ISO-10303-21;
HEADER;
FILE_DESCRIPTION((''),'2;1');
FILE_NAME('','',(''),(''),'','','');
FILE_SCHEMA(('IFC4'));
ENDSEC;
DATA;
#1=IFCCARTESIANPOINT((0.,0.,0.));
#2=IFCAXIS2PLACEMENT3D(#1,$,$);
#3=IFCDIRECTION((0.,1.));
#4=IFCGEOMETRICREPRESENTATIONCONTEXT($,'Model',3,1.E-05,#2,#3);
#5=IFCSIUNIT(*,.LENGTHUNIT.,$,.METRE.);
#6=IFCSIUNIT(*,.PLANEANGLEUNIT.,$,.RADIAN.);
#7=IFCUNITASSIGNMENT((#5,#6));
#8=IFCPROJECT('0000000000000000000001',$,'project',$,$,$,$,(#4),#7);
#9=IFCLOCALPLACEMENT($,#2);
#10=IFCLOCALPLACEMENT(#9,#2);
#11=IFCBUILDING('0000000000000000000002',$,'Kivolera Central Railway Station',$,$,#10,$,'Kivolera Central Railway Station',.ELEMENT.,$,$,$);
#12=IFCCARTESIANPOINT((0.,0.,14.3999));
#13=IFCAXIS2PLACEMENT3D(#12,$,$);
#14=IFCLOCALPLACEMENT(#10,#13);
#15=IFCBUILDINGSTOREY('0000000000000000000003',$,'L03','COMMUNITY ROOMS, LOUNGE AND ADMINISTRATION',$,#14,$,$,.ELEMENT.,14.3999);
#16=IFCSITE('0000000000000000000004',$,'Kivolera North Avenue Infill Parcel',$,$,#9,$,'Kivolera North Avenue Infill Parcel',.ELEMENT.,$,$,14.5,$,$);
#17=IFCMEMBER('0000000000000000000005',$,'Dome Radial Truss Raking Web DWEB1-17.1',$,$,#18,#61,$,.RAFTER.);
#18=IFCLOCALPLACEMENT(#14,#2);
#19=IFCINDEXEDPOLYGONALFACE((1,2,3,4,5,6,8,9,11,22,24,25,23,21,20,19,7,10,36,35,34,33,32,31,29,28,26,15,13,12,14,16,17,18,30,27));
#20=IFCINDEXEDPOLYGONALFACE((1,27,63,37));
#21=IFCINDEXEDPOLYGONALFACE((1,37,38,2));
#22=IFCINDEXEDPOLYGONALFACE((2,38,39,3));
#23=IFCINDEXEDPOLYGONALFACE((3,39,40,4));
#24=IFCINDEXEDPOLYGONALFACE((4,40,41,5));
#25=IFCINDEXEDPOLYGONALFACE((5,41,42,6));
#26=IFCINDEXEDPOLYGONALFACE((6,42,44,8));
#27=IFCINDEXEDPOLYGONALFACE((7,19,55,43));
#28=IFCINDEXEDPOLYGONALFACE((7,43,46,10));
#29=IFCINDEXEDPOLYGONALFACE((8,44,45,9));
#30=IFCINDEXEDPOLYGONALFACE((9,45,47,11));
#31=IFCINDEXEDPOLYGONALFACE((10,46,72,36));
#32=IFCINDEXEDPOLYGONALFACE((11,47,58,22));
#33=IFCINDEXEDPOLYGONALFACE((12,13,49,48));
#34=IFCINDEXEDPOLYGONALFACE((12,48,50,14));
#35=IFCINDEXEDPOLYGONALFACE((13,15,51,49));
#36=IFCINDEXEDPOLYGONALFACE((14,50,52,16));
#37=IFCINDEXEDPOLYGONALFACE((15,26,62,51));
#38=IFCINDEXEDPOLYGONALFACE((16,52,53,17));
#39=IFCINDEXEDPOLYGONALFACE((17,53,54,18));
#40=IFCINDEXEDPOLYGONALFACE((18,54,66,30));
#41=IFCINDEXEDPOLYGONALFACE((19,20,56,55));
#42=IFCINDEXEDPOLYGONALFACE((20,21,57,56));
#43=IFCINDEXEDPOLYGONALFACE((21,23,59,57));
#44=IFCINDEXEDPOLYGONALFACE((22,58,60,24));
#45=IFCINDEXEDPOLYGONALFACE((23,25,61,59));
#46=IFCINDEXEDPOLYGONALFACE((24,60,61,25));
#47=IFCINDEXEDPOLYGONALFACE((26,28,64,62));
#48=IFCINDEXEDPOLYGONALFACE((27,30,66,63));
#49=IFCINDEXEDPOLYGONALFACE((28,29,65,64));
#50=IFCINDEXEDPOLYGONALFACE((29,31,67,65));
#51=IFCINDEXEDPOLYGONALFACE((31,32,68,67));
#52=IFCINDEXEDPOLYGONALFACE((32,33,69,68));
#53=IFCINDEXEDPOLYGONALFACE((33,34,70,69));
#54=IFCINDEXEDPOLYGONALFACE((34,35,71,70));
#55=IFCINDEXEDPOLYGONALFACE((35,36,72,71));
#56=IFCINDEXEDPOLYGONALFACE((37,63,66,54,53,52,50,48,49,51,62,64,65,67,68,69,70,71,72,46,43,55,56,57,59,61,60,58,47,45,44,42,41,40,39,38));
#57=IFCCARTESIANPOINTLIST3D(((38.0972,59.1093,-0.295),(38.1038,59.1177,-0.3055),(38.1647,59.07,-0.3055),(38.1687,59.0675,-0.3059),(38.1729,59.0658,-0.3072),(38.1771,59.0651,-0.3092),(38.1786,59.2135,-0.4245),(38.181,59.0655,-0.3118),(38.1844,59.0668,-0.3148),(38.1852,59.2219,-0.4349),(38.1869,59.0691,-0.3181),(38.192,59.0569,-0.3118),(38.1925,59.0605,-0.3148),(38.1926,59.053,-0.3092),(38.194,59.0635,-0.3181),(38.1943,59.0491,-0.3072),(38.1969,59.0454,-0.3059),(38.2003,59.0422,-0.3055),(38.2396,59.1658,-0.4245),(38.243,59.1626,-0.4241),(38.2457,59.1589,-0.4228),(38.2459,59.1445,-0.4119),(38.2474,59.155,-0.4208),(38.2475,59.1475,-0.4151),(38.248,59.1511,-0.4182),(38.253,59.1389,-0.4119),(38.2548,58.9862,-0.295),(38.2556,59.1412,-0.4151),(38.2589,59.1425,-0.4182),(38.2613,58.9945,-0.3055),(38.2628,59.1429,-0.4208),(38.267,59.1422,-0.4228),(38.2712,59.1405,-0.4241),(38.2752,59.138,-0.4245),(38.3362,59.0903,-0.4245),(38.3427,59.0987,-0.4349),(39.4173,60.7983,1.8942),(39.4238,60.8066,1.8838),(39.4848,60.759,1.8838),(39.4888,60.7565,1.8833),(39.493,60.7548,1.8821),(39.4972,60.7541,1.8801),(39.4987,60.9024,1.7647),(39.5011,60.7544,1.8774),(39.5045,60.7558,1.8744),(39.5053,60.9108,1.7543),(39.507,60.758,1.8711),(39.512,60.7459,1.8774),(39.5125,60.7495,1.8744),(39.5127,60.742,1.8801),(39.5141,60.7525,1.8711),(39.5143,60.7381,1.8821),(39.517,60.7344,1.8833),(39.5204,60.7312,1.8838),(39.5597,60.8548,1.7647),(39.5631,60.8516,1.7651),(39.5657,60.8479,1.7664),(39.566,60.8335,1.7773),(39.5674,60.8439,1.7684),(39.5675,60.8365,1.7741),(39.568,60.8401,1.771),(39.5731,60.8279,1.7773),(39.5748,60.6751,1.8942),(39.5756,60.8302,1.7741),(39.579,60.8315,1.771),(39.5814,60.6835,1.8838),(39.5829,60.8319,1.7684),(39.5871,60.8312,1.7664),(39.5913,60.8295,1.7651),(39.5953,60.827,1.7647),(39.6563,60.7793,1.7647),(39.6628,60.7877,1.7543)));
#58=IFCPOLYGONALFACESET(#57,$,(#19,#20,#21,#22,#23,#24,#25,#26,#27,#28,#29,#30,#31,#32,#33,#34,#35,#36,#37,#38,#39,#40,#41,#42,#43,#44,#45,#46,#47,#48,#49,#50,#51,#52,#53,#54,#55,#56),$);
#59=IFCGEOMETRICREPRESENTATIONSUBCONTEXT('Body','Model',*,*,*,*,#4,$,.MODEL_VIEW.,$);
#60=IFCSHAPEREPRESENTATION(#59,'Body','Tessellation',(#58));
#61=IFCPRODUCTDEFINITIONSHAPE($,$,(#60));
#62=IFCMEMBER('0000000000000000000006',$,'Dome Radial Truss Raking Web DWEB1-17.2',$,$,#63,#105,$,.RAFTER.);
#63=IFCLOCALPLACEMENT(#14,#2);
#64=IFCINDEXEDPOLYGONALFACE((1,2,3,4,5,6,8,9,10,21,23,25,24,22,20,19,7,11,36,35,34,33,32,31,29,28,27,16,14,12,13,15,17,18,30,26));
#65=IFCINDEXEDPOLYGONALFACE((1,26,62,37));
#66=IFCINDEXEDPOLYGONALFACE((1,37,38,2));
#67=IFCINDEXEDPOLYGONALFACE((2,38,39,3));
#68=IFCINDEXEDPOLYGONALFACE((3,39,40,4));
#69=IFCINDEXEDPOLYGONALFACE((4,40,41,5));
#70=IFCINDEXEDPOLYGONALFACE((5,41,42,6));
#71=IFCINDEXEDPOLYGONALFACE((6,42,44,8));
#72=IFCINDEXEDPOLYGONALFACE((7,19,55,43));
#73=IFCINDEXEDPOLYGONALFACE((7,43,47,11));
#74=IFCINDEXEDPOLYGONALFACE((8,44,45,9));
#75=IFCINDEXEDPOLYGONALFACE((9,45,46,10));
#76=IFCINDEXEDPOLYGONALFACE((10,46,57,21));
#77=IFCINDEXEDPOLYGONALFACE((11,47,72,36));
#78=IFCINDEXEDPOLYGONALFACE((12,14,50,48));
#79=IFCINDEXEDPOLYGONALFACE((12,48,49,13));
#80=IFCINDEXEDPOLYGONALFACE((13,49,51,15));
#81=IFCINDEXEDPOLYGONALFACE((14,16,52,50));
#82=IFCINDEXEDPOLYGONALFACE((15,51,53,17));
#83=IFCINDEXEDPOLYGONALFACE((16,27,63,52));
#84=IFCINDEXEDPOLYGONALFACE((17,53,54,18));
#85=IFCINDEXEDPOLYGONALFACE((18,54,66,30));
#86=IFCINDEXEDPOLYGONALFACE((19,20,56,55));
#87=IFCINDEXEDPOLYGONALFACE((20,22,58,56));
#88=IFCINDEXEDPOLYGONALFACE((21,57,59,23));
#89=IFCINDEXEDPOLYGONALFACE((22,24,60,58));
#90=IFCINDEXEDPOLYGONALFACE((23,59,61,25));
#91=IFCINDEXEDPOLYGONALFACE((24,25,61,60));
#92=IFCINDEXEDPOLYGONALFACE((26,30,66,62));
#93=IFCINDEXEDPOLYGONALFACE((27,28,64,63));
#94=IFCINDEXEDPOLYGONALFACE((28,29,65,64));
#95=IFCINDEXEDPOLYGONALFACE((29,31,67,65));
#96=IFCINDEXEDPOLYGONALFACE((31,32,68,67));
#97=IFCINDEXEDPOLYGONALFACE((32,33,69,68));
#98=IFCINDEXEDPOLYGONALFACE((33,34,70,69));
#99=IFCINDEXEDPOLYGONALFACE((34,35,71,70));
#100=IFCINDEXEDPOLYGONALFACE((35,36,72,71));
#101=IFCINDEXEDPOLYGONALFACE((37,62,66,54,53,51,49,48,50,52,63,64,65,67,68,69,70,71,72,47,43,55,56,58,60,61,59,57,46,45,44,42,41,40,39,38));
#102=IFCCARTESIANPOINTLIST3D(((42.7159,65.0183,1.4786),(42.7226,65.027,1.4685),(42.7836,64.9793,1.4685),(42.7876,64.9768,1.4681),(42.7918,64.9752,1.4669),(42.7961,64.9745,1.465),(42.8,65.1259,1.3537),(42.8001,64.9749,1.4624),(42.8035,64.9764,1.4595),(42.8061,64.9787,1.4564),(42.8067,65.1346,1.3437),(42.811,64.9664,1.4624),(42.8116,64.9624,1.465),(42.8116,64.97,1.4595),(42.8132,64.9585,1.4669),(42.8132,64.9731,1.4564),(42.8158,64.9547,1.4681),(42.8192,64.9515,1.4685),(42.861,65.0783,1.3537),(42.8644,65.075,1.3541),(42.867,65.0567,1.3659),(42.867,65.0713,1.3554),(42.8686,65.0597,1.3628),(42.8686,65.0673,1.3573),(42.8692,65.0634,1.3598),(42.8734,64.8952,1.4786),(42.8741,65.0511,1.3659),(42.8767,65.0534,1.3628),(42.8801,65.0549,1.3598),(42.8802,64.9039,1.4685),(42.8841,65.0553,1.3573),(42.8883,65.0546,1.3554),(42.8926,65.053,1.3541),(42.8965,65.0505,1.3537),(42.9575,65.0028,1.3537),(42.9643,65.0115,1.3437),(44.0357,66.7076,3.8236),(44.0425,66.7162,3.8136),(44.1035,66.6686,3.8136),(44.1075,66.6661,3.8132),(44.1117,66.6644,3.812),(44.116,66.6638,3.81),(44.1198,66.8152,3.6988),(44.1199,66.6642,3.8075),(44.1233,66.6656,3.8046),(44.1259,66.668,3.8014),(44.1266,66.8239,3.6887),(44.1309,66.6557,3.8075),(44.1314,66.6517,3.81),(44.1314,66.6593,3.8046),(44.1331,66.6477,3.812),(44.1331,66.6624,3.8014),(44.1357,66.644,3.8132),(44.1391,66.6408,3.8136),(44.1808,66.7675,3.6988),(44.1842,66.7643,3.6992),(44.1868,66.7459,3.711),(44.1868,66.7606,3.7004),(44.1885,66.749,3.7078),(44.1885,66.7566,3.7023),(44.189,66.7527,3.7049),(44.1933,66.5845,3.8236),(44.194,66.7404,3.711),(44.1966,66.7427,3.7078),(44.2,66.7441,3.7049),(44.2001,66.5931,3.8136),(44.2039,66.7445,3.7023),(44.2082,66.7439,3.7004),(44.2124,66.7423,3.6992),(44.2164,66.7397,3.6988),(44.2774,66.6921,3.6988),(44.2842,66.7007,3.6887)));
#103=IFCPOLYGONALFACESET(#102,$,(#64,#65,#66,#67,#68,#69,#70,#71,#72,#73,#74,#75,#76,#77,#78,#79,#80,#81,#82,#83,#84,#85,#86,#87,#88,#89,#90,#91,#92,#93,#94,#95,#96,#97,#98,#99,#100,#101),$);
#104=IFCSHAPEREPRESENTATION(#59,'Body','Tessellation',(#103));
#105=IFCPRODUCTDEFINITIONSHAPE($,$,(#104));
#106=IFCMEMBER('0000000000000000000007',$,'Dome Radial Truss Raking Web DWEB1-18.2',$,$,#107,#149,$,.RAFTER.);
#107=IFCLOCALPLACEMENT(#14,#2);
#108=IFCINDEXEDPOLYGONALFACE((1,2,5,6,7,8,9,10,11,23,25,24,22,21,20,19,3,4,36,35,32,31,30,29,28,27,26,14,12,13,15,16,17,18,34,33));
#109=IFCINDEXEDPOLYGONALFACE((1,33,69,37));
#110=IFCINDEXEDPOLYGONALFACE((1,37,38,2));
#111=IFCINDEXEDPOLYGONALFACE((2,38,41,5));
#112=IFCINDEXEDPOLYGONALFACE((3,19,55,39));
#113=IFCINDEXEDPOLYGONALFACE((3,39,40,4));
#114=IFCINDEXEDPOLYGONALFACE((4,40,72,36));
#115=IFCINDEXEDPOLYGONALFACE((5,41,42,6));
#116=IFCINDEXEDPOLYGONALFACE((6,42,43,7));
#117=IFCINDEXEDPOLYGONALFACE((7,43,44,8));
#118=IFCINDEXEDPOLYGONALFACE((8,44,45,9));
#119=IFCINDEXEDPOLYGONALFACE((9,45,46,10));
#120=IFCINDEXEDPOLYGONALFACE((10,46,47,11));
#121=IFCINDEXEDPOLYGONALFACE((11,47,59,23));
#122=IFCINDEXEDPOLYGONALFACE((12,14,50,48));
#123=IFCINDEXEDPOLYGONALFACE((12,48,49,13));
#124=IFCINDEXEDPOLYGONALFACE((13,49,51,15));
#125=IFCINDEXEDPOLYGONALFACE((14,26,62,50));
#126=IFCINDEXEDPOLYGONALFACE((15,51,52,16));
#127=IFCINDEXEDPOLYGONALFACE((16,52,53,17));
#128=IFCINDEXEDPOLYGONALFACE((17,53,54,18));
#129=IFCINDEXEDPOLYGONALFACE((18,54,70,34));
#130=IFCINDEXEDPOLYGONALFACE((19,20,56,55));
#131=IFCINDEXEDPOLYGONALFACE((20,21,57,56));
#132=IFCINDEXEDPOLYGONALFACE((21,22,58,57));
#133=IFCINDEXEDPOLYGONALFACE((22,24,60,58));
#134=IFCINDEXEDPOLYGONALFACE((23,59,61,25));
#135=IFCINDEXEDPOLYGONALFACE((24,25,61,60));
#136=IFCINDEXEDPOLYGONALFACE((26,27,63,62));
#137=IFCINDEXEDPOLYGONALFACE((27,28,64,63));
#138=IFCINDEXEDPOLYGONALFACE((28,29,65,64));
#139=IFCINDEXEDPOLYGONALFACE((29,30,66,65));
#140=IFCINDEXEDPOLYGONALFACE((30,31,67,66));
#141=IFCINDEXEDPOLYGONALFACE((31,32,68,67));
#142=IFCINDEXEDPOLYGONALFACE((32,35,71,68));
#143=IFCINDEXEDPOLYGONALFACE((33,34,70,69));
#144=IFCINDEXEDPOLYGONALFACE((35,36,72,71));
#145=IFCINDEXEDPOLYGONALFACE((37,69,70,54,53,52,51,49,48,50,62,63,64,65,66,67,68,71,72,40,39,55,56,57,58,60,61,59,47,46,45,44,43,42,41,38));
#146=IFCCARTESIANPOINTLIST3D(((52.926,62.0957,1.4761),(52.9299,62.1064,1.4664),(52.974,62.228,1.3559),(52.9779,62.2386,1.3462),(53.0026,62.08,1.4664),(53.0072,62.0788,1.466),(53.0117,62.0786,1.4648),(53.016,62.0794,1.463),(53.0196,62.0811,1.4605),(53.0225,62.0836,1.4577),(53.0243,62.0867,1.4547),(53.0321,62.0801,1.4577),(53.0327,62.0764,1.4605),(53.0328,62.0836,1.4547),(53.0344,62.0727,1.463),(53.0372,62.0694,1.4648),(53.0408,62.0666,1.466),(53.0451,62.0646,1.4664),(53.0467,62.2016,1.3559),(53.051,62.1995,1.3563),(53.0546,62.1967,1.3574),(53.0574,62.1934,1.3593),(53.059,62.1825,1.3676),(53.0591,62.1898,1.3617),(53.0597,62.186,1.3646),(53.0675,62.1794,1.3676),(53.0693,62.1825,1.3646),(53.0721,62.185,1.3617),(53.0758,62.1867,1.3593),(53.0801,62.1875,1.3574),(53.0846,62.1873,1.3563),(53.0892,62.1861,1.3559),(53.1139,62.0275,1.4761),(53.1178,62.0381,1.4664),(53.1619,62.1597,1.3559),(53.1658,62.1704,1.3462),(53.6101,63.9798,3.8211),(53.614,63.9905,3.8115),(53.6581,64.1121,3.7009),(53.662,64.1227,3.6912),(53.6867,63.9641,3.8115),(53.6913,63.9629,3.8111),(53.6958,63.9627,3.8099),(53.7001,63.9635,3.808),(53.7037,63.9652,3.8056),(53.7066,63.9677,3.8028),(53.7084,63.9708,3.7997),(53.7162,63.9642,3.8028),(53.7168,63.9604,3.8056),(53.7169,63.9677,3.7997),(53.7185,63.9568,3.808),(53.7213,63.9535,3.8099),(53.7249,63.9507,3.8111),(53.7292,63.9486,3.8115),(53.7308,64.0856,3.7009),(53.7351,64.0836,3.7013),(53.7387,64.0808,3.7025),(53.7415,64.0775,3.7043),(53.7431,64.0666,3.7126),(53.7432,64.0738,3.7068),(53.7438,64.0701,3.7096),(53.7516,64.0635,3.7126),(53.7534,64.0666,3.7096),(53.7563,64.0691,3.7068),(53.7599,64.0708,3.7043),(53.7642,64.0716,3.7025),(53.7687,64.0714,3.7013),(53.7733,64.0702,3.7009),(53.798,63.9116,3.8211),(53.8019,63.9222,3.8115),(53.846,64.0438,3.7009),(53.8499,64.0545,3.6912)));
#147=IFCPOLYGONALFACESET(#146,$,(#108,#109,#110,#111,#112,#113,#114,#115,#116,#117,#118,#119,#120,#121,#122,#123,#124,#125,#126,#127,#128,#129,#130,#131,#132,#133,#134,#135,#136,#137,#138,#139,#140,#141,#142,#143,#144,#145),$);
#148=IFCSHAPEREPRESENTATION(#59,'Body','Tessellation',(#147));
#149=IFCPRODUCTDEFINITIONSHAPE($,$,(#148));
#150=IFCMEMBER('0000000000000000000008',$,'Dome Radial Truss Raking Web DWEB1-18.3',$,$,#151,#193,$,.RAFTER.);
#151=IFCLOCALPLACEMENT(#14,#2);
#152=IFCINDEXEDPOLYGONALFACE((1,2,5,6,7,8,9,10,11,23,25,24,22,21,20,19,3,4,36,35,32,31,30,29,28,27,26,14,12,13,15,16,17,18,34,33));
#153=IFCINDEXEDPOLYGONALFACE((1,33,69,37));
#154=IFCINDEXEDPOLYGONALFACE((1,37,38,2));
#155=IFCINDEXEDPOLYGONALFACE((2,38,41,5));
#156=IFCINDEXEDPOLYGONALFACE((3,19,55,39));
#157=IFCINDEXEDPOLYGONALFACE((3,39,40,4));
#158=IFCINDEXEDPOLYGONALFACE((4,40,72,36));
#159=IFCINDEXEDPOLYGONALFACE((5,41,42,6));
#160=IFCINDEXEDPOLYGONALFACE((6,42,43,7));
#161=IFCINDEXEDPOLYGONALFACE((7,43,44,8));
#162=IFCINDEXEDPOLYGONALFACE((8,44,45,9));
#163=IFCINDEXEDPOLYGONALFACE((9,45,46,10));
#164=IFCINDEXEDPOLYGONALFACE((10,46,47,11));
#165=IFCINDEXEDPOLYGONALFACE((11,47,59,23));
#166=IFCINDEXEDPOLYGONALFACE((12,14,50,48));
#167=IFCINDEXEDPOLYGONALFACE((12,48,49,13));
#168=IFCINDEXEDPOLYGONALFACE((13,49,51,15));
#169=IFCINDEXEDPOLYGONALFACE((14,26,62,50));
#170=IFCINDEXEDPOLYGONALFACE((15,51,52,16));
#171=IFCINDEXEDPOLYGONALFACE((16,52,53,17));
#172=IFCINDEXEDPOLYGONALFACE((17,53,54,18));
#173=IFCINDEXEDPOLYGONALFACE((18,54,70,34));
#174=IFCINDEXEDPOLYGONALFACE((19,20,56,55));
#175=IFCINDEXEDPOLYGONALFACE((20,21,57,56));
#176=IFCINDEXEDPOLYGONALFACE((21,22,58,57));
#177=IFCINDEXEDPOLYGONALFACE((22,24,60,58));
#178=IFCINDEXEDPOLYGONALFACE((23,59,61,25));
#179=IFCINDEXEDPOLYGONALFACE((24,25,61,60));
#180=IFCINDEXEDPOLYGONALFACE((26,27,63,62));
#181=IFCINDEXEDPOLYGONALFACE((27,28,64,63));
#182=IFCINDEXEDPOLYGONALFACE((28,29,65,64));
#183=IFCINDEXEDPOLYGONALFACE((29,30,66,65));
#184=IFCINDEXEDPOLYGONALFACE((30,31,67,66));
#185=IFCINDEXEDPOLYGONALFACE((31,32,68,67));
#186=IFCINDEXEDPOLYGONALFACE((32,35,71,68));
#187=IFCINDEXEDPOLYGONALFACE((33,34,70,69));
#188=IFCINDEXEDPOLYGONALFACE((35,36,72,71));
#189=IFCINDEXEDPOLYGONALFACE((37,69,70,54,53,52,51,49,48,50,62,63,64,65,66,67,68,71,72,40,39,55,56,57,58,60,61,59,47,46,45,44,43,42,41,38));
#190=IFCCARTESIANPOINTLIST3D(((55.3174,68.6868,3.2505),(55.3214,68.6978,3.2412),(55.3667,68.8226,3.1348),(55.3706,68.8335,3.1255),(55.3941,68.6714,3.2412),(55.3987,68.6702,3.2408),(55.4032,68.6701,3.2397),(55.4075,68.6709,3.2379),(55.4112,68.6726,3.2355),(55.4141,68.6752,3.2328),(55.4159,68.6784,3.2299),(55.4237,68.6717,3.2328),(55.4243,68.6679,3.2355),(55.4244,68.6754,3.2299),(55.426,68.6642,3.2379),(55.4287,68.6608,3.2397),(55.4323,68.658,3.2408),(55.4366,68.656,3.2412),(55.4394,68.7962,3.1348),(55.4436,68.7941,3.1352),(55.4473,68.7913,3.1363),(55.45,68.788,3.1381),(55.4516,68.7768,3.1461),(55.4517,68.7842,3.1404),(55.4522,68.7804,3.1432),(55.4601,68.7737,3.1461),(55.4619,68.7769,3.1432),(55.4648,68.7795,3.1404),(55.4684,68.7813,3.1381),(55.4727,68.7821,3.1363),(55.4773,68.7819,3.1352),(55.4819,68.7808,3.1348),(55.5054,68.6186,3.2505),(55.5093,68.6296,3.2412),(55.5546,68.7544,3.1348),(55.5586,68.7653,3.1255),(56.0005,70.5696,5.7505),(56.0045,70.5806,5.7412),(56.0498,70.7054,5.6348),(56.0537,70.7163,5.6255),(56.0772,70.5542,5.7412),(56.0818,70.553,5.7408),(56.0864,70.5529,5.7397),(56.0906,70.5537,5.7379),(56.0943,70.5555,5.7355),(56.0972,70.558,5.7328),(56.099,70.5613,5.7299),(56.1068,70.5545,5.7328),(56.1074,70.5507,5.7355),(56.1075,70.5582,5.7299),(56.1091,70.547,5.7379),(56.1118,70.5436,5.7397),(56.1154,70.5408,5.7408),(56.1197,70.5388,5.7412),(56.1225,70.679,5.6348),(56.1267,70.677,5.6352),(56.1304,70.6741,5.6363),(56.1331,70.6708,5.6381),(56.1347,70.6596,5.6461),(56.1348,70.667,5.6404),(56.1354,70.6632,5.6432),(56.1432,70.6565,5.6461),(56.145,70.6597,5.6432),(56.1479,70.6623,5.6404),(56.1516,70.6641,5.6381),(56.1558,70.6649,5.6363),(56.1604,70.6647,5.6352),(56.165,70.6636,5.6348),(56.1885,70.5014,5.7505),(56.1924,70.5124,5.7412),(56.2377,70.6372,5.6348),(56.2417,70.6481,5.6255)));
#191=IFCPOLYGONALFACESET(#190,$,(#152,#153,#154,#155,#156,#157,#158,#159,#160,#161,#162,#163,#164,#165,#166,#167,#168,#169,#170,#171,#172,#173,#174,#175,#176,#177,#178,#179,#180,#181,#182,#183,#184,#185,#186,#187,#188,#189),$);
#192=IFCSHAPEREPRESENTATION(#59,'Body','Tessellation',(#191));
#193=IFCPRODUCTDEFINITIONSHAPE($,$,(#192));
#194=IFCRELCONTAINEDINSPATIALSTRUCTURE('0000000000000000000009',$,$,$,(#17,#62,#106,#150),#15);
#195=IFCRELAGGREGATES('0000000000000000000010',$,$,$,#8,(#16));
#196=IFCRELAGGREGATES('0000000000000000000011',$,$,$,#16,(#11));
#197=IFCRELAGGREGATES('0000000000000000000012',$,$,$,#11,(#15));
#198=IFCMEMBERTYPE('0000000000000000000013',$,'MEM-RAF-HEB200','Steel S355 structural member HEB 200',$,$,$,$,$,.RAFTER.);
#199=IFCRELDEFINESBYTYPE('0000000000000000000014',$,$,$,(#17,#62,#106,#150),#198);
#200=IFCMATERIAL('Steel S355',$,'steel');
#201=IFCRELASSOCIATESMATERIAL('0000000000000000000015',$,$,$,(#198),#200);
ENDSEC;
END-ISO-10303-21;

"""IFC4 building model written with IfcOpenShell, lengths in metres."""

from ifc_helpers import new_model, si_unit, direction, frame, origin, origin_2d, place, context, subcontext, project, spatial, i_section, extrude, material, material_profile, profile_set, type_object, element, save


model = new_model("IFC4")

# Units and contexts
model_context = context("Model", 3, precision=1e-05, world=origin(), true_north=direction((0.0, 1.0)))
body_context = subcontext(model_context, "Body", "Model", "MODEL_VIEW")
ifc_project = project(units=[si_unit("LENGTHUNIT", "METRE"), si_unit("PLANEANGLEUNIT", "RADIAN")], contexts=[model_context])

# Site, building, storey
site_placement = place(None, origin())
site = spatial("IfcSite", under=ifc_project, at=site_placement, Name="Kivolera North Avenue Infill Parcel", LongName="Kivolera North Avenue Infill Parcel", CompositionType="ELEMENT", RefElevation=14.5)
building_placement = place(site_placement, origin())
building = spatial("IfcBuilding", under=site, at=building_placement, Name="Kivolera Central Railway Station", LongName="Kivolera Central Railway Station", CompositionType="ELEMENT")
storey_placement = place(building_placement, frame((0.0, 0.0, 14.3999)))
storey = spatial("IfcBuildingStorey", under=building, at=storey_placement, Name="L03", Description="COMMUNITY ROOMS, LOUNGE AND ADMINISTRATION", CompositionType="ELEMENT", Elevation=14.3999)

# Shared definitions
ifc_material_1 = material(Name="Steel S355", Category="steel")

# Members
ifc_material_profile_1 = material_profile(ifc_material_1, i_section(OverallWidth=0.2, OverallDepth=0.2, WebThickness=0.009, FlangeThickness=0.0149, FilletRadius=0.0181, at=origin_2d()), Name="HEB 200")
ifc_profile_set_1 = profile_set([ifc_material_profile_1], Name="Steel S355")
member_type_1 = type_object("IfcMemberType", Name="MEM-RAF-HEB200", Description="Steel S355 structural member HEB 200", PredefinedType="RAFTER", material=ifc_profile_set_1)
member_1_placement = place(storey_placement, frame((38.22, 59.104, -0.365), z_axis=(0.430838, 0.551237, 0.714504), x_axis=(-0.787897, 0.615808, 0.0)))
element("IfcMember", 1, at=member_1_placement, inside=storey, type_object=member_type_1, Name="Dome Radial Truss Raking Web DWEB1-17.1", PredefinedType="RAFTER", context=body_context, shape_type="SweptSolid", body=[
    extrude(i_section(OverallWidth=0.2, OverallDepth=0.2, WebThickness=0.009, FlangeThickness=0.0149, FilletRadius=0.0181, at=origin_2d()), origin(), (0.0, 0.0, 1.0), 3.064),
])
member_2_placement = place(storey_placement, frame((42.8401, 65.0149, 1.4111), z_axis=(0.415412, 0.531675, 0.738075), x_axis=(-0.787995, 0.615682, 0.0)))
element("IfcMember", 2, at=member_2_placement, inside=storey, type_object=member_type_1, Name="Dome Radial Truss Raking Web DWEB1-17.2", PredefinedType="RAFTER", context=body_context, shape_type="SweptSolid", body=[
    extrude(i_section(OverallWidth=0.2, OverallDepth=0.2, WebThickness=0.009, FlangeThickness=0.0149, FilletRadius=0.0181, at=origin_2d()), origin(), (0.0, 0.0, 1.0), 3.1772),
])
member_3_placement = place(storey_placement, frame((53.0459, 62.1331, 1.4111), z_axis=(0.221754, 0.610733, 0.760152), x_axis=(-0.939957, 0.341293, 0.0)))
element("IfcMember", 3, at=member_3_placement, inside=storey, type_object=member_type_1, Name="Dome Radial Truss Raking Web DWEB1-18.2", PredefinedType="RAFTER", context=body_context, shape_type="SweptSolid", body=[
    extrude(i_section(OverallWidth=0.2, OverallDepth=0.2, WebThickness=0.009, FlangeThickness=0.0149, FilletRadius=0.0181, at=origin_2d()), origin(), (0.0, 0.0, 1.0), 3.085),
])
member_4_placement = place(storey_placement, frame((55.438, 68.7261, 3.188), z_axis=(0.213246, 0.587759, 0.780427), x_axis=(-0.940042, 0.341058, 0.0)))
element("IfcMember", 4, at=member_4_placement, inside=storey, type_object=member_type_1, Name="Dome Radial Truss Raking Web DWEB1-18.3", PredefinedType="RAFTER", context=body_context, shape_type="SweptSolid", body=[
    extrude(i_section(OverallWidth=0.2, OverallDepth=0.2, WebThickness=0.009, FlangeThickness=0.0149, FilletRadius=0.0181, at=origin_2d()), origin(), (0.0, 0.0, 1.0), 3.2034),
])

save(model, "model.ifc")
